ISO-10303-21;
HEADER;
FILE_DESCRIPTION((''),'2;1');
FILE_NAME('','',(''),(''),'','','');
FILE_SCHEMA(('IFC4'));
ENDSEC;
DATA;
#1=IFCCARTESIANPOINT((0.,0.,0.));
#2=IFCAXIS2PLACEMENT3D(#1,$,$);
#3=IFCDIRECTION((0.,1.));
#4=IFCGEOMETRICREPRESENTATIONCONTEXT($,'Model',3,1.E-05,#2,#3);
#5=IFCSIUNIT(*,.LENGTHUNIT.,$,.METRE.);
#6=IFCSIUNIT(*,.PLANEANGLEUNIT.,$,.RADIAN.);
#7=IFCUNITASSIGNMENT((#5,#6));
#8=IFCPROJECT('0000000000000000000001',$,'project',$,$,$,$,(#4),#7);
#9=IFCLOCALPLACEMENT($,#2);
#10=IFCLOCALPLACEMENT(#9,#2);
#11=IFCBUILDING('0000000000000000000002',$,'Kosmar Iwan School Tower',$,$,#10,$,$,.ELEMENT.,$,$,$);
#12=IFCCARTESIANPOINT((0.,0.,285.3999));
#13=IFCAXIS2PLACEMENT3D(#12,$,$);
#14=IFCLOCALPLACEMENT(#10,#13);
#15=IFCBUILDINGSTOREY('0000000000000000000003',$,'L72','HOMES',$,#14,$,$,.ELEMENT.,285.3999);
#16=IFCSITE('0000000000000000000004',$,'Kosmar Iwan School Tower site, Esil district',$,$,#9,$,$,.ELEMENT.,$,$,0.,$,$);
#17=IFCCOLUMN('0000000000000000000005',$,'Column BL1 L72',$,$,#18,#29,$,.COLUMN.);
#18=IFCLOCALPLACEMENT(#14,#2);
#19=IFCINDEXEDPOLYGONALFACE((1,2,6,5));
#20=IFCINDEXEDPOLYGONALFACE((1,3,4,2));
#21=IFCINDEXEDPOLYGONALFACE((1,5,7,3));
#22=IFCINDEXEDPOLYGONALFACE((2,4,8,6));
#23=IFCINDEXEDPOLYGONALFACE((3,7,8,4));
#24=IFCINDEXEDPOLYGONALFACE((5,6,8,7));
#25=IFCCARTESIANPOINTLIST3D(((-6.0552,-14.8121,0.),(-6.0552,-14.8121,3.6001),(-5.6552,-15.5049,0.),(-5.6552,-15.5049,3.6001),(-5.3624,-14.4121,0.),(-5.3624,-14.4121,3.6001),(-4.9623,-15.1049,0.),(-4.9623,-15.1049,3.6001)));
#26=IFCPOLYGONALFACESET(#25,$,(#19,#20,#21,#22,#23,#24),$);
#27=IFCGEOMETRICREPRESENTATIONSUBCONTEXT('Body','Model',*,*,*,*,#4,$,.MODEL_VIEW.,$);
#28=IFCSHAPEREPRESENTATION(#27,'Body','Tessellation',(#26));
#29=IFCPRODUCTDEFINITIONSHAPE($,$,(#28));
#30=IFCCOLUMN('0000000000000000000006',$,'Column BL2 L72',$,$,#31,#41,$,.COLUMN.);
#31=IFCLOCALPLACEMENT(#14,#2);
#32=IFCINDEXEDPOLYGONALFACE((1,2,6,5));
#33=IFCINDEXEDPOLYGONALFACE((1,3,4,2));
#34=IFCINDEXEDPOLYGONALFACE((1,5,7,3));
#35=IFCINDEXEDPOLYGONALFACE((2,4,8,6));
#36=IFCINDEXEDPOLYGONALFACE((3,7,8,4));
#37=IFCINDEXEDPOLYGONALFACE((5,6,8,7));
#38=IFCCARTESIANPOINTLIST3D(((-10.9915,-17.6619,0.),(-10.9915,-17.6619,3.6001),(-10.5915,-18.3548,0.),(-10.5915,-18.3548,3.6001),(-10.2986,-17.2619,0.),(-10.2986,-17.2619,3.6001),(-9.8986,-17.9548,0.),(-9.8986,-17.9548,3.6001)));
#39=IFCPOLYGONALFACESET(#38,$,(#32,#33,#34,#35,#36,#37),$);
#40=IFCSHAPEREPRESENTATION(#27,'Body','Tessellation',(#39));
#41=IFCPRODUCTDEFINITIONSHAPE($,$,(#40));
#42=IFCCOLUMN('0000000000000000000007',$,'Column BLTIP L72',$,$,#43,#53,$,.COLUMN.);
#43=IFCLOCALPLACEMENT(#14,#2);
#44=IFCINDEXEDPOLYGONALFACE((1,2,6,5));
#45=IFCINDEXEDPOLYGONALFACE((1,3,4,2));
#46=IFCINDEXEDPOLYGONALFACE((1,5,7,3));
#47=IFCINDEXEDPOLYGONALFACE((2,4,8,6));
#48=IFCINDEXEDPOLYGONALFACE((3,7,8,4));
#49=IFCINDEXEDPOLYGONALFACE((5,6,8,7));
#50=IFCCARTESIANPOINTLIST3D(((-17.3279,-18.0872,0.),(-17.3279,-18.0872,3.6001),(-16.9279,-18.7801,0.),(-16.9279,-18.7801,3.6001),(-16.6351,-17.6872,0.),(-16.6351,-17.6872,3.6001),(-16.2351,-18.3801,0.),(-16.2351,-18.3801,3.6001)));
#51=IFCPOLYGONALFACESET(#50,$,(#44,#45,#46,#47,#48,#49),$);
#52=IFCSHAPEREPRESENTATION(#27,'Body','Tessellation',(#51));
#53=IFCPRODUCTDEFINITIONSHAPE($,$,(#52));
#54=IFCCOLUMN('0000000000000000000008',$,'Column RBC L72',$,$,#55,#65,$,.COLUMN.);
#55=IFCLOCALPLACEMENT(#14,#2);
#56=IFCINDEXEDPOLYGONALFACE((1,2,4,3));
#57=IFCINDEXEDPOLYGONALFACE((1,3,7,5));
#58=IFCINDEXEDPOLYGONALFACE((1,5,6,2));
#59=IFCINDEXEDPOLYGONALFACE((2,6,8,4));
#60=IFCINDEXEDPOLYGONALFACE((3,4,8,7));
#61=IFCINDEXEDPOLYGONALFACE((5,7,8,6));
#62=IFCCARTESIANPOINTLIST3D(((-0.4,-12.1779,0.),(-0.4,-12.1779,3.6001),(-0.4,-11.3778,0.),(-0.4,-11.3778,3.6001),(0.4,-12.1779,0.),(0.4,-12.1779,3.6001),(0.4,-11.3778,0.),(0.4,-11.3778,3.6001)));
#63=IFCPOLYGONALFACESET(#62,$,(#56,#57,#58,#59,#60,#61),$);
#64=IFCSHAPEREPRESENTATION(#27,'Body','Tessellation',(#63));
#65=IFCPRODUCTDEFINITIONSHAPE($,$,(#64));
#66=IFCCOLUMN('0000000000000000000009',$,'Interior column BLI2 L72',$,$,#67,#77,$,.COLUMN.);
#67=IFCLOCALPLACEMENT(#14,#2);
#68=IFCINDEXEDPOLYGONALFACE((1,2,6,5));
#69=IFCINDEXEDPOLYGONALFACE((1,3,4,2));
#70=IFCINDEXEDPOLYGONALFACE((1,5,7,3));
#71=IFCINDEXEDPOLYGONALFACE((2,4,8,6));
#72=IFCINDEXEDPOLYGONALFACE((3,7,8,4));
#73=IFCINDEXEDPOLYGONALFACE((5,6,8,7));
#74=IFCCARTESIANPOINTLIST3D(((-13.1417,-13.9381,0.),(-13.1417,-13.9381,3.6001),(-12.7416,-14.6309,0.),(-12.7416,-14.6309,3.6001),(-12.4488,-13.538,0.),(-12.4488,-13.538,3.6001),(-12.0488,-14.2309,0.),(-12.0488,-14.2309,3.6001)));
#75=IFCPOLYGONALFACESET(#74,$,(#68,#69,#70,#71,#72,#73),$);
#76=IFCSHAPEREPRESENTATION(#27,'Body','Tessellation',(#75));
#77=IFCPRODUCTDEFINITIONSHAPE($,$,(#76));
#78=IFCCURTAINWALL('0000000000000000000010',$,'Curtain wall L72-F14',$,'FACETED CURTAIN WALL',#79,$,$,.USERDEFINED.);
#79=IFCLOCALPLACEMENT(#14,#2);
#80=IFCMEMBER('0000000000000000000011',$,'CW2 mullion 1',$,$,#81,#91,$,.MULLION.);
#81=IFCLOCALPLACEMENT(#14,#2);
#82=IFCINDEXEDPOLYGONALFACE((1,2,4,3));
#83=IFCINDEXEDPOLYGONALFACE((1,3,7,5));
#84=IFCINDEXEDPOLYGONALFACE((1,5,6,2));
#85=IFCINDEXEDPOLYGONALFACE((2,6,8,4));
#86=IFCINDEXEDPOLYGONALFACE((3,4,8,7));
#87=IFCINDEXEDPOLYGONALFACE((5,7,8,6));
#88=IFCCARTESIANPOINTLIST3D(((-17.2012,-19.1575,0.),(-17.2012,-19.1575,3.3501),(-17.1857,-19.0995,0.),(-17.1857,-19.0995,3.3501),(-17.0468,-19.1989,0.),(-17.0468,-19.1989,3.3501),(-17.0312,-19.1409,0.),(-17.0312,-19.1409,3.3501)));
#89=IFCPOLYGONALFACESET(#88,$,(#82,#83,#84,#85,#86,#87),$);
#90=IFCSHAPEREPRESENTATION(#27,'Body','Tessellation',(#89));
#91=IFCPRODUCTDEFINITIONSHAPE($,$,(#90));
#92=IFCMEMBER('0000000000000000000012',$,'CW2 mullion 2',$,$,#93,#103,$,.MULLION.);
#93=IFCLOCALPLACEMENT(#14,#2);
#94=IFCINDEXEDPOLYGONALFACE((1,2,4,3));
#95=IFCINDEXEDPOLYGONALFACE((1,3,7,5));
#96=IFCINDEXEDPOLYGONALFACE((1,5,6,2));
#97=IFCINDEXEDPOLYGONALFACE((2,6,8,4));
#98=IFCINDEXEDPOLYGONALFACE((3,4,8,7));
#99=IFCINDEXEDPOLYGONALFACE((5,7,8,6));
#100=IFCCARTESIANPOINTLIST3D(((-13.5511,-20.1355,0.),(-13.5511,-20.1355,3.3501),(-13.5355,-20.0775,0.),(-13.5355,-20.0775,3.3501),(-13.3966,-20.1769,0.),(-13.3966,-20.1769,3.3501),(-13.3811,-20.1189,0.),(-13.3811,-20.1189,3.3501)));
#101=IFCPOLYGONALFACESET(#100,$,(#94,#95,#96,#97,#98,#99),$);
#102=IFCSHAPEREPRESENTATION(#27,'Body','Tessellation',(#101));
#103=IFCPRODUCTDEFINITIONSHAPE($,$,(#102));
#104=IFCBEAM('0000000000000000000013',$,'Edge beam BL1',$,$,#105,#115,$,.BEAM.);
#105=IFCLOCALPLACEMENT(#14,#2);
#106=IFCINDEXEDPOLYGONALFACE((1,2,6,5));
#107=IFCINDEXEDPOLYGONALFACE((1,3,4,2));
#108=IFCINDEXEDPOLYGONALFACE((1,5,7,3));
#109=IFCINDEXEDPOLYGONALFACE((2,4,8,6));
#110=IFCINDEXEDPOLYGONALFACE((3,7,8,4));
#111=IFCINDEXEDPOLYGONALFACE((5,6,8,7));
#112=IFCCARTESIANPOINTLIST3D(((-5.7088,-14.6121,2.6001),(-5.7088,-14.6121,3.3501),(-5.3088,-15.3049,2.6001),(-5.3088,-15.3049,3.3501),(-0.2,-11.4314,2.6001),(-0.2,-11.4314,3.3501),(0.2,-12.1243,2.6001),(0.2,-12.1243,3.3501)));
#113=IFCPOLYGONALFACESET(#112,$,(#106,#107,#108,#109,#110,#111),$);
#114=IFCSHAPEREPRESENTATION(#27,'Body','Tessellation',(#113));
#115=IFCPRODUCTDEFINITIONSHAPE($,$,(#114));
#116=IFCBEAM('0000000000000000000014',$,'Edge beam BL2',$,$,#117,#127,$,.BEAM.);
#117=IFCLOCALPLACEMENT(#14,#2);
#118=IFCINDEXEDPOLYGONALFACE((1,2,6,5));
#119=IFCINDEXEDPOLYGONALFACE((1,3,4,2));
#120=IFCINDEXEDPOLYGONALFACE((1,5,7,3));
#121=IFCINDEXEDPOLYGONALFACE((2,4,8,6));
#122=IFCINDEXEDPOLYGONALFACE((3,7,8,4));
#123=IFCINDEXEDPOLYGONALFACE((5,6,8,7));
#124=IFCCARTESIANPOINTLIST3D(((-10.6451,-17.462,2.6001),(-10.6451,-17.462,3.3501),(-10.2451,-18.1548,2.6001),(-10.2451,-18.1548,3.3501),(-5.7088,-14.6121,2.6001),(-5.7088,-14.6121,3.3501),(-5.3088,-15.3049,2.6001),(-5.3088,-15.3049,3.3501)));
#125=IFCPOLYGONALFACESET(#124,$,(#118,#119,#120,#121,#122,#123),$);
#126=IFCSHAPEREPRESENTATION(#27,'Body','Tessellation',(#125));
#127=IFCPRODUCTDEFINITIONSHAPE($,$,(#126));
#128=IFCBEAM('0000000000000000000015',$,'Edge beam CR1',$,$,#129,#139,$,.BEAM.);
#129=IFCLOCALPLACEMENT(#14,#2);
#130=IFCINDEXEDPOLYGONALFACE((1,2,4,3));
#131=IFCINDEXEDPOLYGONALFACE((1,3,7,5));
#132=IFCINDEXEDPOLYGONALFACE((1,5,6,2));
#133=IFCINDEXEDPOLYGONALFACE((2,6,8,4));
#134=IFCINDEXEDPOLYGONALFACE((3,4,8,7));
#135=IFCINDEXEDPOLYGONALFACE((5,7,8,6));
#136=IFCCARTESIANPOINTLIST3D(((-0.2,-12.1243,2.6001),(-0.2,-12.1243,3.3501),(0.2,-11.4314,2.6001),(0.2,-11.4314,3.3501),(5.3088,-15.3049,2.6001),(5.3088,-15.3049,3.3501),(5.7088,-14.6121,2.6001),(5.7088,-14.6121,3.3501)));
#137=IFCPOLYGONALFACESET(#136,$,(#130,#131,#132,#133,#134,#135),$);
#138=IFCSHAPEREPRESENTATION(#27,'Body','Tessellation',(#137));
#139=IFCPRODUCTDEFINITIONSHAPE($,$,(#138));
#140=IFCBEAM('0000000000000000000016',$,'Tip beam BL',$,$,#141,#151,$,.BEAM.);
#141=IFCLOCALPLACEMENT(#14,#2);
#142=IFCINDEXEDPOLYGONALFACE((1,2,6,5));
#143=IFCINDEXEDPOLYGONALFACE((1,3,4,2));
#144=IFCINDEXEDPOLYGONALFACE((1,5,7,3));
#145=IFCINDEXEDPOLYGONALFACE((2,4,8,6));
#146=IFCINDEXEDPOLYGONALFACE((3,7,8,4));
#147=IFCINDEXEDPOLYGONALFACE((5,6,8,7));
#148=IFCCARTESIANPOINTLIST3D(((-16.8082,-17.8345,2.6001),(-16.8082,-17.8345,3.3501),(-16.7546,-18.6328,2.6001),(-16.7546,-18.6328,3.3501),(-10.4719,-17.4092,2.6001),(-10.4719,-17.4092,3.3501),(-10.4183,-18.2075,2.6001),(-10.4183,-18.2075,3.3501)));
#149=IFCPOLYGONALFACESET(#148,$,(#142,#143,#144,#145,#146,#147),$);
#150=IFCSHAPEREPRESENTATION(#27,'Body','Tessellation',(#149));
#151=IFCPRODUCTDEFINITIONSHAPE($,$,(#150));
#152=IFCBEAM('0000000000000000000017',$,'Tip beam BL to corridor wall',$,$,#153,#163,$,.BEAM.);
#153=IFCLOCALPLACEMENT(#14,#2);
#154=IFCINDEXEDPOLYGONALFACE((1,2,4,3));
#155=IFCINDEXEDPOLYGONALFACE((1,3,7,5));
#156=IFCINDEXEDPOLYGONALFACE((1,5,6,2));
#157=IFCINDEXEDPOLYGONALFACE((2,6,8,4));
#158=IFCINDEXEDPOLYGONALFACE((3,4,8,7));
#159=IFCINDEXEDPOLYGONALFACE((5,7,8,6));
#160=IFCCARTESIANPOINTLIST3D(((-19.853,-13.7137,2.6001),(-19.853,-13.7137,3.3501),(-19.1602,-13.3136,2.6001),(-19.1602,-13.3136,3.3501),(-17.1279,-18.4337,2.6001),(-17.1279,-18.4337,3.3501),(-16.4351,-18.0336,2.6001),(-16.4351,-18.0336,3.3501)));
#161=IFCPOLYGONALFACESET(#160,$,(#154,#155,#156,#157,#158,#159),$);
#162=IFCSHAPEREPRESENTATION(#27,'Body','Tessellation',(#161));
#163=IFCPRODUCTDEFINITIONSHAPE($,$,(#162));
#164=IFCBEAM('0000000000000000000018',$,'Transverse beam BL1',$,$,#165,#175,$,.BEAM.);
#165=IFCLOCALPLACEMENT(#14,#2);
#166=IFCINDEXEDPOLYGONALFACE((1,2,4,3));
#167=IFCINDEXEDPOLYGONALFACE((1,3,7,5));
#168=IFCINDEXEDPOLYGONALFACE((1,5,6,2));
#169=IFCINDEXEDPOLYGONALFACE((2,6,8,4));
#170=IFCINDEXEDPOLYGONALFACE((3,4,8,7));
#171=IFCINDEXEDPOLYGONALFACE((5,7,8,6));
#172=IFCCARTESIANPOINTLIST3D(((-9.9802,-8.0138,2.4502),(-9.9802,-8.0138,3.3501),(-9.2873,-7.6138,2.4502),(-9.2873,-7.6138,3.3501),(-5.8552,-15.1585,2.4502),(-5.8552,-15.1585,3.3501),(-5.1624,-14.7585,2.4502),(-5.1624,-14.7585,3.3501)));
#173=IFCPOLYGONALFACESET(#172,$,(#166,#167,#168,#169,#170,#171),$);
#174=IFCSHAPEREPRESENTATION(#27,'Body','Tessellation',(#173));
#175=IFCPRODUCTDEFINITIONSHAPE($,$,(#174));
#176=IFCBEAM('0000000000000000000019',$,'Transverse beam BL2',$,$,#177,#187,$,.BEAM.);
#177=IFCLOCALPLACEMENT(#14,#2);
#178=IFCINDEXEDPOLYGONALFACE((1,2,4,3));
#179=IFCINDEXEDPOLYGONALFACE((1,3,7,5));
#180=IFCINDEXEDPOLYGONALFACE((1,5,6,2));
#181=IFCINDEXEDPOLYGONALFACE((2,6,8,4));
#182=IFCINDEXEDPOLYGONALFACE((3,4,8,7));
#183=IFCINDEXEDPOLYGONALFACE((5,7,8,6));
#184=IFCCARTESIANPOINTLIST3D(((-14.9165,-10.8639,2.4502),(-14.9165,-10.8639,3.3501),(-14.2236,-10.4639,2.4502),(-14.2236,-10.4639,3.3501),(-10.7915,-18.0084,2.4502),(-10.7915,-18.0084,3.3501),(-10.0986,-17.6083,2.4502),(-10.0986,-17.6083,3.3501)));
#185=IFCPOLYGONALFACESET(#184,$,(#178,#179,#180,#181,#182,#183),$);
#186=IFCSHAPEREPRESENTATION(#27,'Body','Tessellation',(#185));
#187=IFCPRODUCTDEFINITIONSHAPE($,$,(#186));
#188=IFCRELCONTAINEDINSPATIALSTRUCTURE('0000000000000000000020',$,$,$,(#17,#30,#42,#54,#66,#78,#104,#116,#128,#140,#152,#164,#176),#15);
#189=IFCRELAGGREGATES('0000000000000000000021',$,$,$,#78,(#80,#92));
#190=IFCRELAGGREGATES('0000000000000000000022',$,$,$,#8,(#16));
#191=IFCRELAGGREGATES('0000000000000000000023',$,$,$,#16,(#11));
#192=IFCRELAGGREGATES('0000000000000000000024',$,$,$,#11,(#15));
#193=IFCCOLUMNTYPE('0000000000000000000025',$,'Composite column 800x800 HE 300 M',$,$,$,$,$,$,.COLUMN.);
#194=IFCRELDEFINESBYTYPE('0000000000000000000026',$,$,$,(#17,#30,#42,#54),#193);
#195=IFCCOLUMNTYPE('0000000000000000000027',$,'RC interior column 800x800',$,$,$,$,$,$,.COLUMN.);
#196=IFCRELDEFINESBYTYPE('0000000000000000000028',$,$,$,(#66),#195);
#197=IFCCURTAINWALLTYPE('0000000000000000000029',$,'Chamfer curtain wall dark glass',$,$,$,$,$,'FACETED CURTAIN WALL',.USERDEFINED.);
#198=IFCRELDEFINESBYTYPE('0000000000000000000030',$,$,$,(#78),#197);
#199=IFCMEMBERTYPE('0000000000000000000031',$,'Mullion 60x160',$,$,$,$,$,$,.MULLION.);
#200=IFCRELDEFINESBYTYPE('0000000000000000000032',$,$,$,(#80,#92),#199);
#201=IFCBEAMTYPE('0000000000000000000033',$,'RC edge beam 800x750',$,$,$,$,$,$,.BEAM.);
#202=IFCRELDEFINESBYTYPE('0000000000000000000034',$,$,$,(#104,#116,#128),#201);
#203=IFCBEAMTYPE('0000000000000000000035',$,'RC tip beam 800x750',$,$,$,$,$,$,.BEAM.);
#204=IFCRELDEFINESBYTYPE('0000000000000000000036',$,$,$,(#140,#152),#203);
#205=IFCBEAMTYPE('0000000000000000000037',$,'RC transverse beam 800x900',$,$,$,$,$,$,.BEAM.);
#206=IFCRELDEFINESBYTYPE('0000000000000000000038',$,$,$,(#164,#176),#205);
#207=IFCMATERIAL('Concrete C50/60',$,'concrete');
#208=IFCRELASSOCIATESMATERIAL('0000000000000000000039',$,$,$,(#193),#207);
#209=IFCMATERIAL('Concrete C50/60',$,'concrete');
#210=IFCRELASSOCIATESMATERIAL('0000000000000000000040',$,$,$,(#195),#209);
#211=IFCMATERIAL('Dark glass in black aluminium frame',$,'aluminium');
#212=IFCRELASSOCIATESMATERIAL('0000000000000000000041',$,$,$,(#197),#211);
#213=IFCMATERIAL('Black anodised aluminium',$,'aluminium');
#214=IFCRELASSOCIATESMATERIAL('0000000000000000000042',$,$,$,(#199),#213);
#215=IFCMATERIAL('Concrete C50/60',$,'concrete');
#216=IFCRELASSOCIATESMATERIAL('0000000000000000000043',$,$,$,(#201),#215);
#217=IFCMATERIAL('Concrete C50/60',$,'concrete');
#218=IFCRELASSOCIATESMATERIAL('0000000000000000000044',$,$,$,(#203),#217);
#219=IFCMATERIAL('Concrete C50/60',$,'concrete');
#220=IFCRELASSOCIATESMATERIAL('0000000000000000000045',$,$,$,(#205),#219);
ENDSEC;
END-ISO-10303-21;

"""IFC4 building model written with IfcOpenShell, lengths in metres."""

from ifc_helpers import new_model, si_unit, direction, frame, origin, origin_2d, place, context, subcontext, project, spatial, rectangle, extrude, material, material_profile, profile_set, type_object, element, aggregate, save


model = new_model("IFC4")

# Units and contexts
model_context = context("Model", 3, precision=1e-05, world=origin(), true_north=direction((0.0, 1.0)))
body_context = subcontext(model_context, "Body", "Model", "MODEL_VIEW")
ifc_project = project(units=[si_unit("LENGTHUNIT", "METRE"), si_unit("PLANEANGLEUNIT", "RADIAN")], contexts=[model_context])

# Site, building, storey
site_placement = place(None, origin())
site = spatial("IfcSite", under=ifc_project, at=site_placement, Name="Kosmar Iwan School Tower site, Esil district", CompositionType="ELEMENT", RefElevation=0.0)
building_placement = place(site_placement, origin())
building = spatial("IfcBuilding", under=site, at=building_placement, Name="Kosmar Iwan School Tower", CompositionType="ELEMENT")
storey_placement = place(building_placement, frame((0.0, 0.0, 285.3999)))
storey = spatial("IfcBuildingStorey", under=building, at=storey_placement, Name="L72", Description="HOMES", CompositionType="ELEMENT", Elevation=285.3999)

# Columns
ifc_material_1 = material(Name="Concrete C50/60", Category="concrete")
ifc_material_profile_1 = material_profile(ifc_material_1, rectangle(XDim=0.8, YDim=0.8, at=origin_2d()), Name="RC 800x800 + HE 300 M")
ifc_profile_set_1 = profile_set([ifc_material_profile_1], Name="Concrete C50/60")
column_type_1 = type_object("IfcColumnType", Name="Composite column 800x800 HE 300 M", PredefinedType="COLUMN", material=ifc_profile_set_1)
for number, where, z_axis, x_axis, name in (
    (1, (-5.5088, -14.9585, 0.0), (0.0, 0.0, 1.0), (-0.866025, -0.5, 0.0), "Column BL1 L72"),
    (2, (-10.4451, -17.8083, 0.0), (0.0, 0.0, 1.0), (-0.866025, -0.5, 0.0), "Column BL2 L72"),
    (3, (-16.7815, -18.2336, 0.0), (0.0, 0.0, 1.0), (-0.866025, -0.5, 0.0), "Column BLTIP L72"),
    (4, (0.0, -11.7778, 0.0), (0.0, 0.0, 1.0), (1.0, 0.0, 0.0), "Column RBC L72"),
):
    element("IfcColumn", number, at=place(storey_placement, frame(where, z_axis=z_axis, x_axis=x_axis)), inside=storey, type_object=column_type_1, Name=name, PredefinedType="COLUMN", context=body_context, shape_type="SweptSolid", body=[
        extrude(rectangle(XDim=0.8, YDim=0.8, at=origin_2d()), origin(), (0.0, 0.0, 1.0), 3.6001),
    ])
ifc_material_2 = material(Name="Concrete C50/60", Category="concrete")
ifc_material_profile_2 = material_profile(ifc_material_2, rectangle(XDim=0.8, YDim=0.8, at=origin_2d()), Name="RC 800x800")
ifc_profile_set_2 = profile_set([ifc_material_profile_2], Name="Concrete C50/60")
column_type_2 = type_object("IfcColumnType", Name="RC interior column 800x800", PredefinedType="COLUMN", material=ifc_profile_set_2)
column_placement = place(storey_placement, frame((-12.5952, -14.0845, 0.0), z_axis=(0.0, 0.0, 1.0), x_axis=(-0.866025, -0.5, 0.0)))
element("IfcColumn", 5, at=column_placement, inside=storey, type_object=column_type_2, Name="Interior column BLI2 L72", PredefinedType="COLUMN", context=body_context, shape_type="SweptSolid", body=[
    extrude(rectangle(XDim=0.8, YDim=0.8, at=origin_2d()), origin(), (0.0, 0.0, 1.0), 3.6001),
])

# Curtain wall, members
ifc_material_3 = material(Name="Dark glass in black aluminium frame", Category="aluminium")
curtain_wall_type = type_object("IfcCurtainWallType", Name="Chamfer curtain wall dark glass", ElementType="FACETED CURTAIN WALL", PredefinedType="USERDEFINED", material=ifc_material_3)
curtain_wall_placement = place(storey_placement, origin())
curtain_wall = element("IfcCurtainWall", 6, at=curtain_wall_placement, inside=storey, type_object=curtain_wall_type, Name="Curtain wall L72-F14", ObjectType="FACETED CURTAIN WALL", PredefinedType="USERDEFINED")
ifc_material_4 = material(Name="Black anodised aluminium", Category="aluminium")
ifc_material_profile_3 = material_profile(ifc_material_4, rectangle(XDim=0.0601, YDim=0.1599, at=origin_2d()), Name="MULLION 60x160")
ifc_profile_set_3 = profile_set([ifc_material_profile_3], Name="Black anodised aluminium")
member_type_1 = type_object("IfcMemberType", Name="Mullion 60x160", PredefinedType="MULLION", material=ifc_profile_set_3)
member_1_placement = place(storey_placement, frame((-17.1162, -19.1492, 0.0), z_axis=(0.0, 0.0, 1.0), x_axis=(0.258819, 0.965926, 0.0)))
member_1 = element("IfcMember", 7, at=member_1_placement, type_object=member_type_1, Name="CW2 mullion 1", PredefinedType="MULLION", context=body_context, shape_type="SweptSolid", body=[
    extrude(rectangle(XDim=0.0601, YDim=0.1599, at=origin_2d()), origin(), (0.0, 0.0, 1.0), 3.3501),
])
member_2_placement = place(storey_placement, frame((-13.4661, -20.1272, 0.0), z_axis=(0.0, 0.0, 1.0), x_axis=(0.258819, 0.965926, 0.0)))
member_2 = element("IfcMember", 8, at=member_2_placement, type_object=member_type_1, Name="CW2 mullion 2", PredefinedType="MULLION", context=body_context, shape_type="SweptSolid", body=[
    extrude(rectangle(XDim=0.0601, YDim=0.1599, at=origin_2d()), origin(), (0.0, 0.0, 1.0), 3.3501),
])

# Beams
ifc_material_5 = material(Name="Concrete C50/60", Category="concrete")
ifc_material_profile_4 = material_profile(ifc_material_5, rectangle(XDim=0.8, YDim=0.75, at=origin_2d()), Name="RC 800x750")
ifc_profile_set_4 = profile_set([ifc_material_profile_4], Name="Concrete C50/60")
beam_type_1 = type_object("IfcBeamType", Name="RC edge beam 800x750", PredefinedType="BEAM", material=ifc_profile_set_4)
beam_1_placement = place(storey_placement, frame((0.0, -11.7778, 2.9751), z_axis=(-0.866014, -0.500019, 0.0), x_axis=(0.500019, -0.866014, 0.0)))
element("IfcBeam", 9, at=beam_1_placement, inside=storey, type_object=beam_type_1, Name="Edge beam BL1", PredefinedType="BEAM", context=body_context, shape_type="SweptSolid", body=[
    extrude(rectangle(XDim=0.8, YDim=0.75, at=origin_2d()), origin(), (0.0, 0.0, 1.0), 6.3611),
])
beam_2_placement = place(storey_placement, frame((-5.5088, -14.9585, 2.9751), z_axis=(-0.866034, -0.499986, 0.0), x_axis=(0.499986, -0.866034, 0.0)))
element("IfcBeam", 10, at=beam_2_placement, inside=storey, type_object=beam_type_1, Name="Edge beam BL2", PredefinedType="BEAM", context=body_context, shape_type="SweptSolid", body=[
    extrude(rectangle(XDim=0.8, YDim=0.75, at=origin_2d()), origin(), (0.0, 0.0, 1.0), 5.7),
])
beam_3_placement = place(storey_placement, frame((0.0, -11.7778, 2.9751), z_axis=(0.866014, -0.500019, 0.0), x_axis=(0.500019, 0.866014, 0.0)))
element("IfcBeam", 11, at=beam_3_placement, inside=storey, type_object=beam_type_1, Name="Edge beam CR1", PredefinedType="BEAM", context=body_context, shape_type="SweptSolid", body=[
    extrude(rectangle(XDim=0.8, YDim=0.75, at=origin_2d()), origin(), (0.0, 0.0, 1.0), 6.3611),
])
ifc_material_6 = material(Name="Concrete C50/60", Category="concrete")
ifc_material_profile_5 = material_profile(ifc_material_6, rectangle(XDim=0.8, YDim=0.75, at=origin_2d()), Name="RC 800x750")
ifc_profile_set_5 = profile_set([ifc_material_profile_5], Name="Concrete C50/60")
beam_type_2 = type_object("IfcBeamType", Name="RC tip beam 800x750", PredefinedType="BEAM", material=ifc_profile_set_5)
beam_4_placement = place(storey_placement, frame((-10.4451, -17.8083, 2.9751), z_axis=(-0.997755, -0.066968, 0.0), x_axis=(0.066968, -0.997755, 0.0)))
element("IfcBeam", 12, at=beam_4_placement, inside=storey, type_object=beam_type_2, Name="Tip beam BL", PredefinedType="BEAM", context=body_context, shape_type="SweptSolid", body=[
    extrude(rectangle(XDim=0.8, YDim=0.75, at=origin_2d()), origin(), (0.0, 0.0, 1.0), 6.3506),
])
beam_5_placement = place(storey_placement, frame((-16.7815, -18.2336, 2.9751), z_axis=(-0.500003, 0.866024, 0.0), x_axis=(-0.866024, -0.500003, 0.0)))
element("IfcBeam", 13, at=beam_5_placement, inside=storey, type_object=beam_type_2, Name="Tip beam BL to corridor wall", PredefinedType="BEAM", context=body_context, shape_type="SweptSolid", body=[
    extrude(rectangle(XDim=0.8, YDim=0.75, at=origin_2d()), origin(), (0.0, 0.0, 1.0), 5.4502),
])
ifc_material_7 = material(Name="Concrete C50/60", Category="concrete")
ifc_material_profile_6 = material_profile(ifc_material_7, rectangle(XDim=0.8, YDim=0.8999, at=origin_2d()), Name="RC 800x900")
ifc_profile_set_6 = profile_set([ifc_material_profile_6], Name="Concrete C50/60")
beam_type_3 = type_object("IfcBeamType", Name="RC transverse beam 800x900", PredefinedType="BEAM", material=ifc_profile_set_6)
beam_6_placement = place(storey_placement, frame((-5.5088, -14.9585, 2.9001), z_axis=(-0.499997, 0.866027, 0.0), x_axis=(-0.866027, -0.499997, 0.0)))
element("IfcBeam", 14, at=beam_6_placement, inside=storey, type_object=beam_type_3, Name="Transverse beam BL1", PredefinedType="BEAM", context=body_context, shape_type="SweptSolid", body=[
    extrude(rectangle(XDim=0.8, YDim=0.8999, at=origin_2d()), origin(), (0.0, 0.0, 1.0), 8.25),
])
beam_7_placement = place(storey_placement, frame((-10.4451, -17.8083, 2.9001), z_axis=(-0.500009, 0.86602, 0.0), x_axis=(-0.86602, -0.500009, 0.0)))
element("IfcBeam", 15, at=beam_7_placement, inside=storey, type_object=beam_type_3, Name="Transverse beam BL2", PredefinedType="BEAM", context=body_context, shape_type="SweptSolid", body=[
    extrude(rectangle(XDim=0.8, YDim=0.8999, at=origin_2d()), origin(), (0.0, 0.0, 1.0), 8.2498),
])

aggregate(curtain_wall, [member_1, member_2])

save(model, "model.ifc")
